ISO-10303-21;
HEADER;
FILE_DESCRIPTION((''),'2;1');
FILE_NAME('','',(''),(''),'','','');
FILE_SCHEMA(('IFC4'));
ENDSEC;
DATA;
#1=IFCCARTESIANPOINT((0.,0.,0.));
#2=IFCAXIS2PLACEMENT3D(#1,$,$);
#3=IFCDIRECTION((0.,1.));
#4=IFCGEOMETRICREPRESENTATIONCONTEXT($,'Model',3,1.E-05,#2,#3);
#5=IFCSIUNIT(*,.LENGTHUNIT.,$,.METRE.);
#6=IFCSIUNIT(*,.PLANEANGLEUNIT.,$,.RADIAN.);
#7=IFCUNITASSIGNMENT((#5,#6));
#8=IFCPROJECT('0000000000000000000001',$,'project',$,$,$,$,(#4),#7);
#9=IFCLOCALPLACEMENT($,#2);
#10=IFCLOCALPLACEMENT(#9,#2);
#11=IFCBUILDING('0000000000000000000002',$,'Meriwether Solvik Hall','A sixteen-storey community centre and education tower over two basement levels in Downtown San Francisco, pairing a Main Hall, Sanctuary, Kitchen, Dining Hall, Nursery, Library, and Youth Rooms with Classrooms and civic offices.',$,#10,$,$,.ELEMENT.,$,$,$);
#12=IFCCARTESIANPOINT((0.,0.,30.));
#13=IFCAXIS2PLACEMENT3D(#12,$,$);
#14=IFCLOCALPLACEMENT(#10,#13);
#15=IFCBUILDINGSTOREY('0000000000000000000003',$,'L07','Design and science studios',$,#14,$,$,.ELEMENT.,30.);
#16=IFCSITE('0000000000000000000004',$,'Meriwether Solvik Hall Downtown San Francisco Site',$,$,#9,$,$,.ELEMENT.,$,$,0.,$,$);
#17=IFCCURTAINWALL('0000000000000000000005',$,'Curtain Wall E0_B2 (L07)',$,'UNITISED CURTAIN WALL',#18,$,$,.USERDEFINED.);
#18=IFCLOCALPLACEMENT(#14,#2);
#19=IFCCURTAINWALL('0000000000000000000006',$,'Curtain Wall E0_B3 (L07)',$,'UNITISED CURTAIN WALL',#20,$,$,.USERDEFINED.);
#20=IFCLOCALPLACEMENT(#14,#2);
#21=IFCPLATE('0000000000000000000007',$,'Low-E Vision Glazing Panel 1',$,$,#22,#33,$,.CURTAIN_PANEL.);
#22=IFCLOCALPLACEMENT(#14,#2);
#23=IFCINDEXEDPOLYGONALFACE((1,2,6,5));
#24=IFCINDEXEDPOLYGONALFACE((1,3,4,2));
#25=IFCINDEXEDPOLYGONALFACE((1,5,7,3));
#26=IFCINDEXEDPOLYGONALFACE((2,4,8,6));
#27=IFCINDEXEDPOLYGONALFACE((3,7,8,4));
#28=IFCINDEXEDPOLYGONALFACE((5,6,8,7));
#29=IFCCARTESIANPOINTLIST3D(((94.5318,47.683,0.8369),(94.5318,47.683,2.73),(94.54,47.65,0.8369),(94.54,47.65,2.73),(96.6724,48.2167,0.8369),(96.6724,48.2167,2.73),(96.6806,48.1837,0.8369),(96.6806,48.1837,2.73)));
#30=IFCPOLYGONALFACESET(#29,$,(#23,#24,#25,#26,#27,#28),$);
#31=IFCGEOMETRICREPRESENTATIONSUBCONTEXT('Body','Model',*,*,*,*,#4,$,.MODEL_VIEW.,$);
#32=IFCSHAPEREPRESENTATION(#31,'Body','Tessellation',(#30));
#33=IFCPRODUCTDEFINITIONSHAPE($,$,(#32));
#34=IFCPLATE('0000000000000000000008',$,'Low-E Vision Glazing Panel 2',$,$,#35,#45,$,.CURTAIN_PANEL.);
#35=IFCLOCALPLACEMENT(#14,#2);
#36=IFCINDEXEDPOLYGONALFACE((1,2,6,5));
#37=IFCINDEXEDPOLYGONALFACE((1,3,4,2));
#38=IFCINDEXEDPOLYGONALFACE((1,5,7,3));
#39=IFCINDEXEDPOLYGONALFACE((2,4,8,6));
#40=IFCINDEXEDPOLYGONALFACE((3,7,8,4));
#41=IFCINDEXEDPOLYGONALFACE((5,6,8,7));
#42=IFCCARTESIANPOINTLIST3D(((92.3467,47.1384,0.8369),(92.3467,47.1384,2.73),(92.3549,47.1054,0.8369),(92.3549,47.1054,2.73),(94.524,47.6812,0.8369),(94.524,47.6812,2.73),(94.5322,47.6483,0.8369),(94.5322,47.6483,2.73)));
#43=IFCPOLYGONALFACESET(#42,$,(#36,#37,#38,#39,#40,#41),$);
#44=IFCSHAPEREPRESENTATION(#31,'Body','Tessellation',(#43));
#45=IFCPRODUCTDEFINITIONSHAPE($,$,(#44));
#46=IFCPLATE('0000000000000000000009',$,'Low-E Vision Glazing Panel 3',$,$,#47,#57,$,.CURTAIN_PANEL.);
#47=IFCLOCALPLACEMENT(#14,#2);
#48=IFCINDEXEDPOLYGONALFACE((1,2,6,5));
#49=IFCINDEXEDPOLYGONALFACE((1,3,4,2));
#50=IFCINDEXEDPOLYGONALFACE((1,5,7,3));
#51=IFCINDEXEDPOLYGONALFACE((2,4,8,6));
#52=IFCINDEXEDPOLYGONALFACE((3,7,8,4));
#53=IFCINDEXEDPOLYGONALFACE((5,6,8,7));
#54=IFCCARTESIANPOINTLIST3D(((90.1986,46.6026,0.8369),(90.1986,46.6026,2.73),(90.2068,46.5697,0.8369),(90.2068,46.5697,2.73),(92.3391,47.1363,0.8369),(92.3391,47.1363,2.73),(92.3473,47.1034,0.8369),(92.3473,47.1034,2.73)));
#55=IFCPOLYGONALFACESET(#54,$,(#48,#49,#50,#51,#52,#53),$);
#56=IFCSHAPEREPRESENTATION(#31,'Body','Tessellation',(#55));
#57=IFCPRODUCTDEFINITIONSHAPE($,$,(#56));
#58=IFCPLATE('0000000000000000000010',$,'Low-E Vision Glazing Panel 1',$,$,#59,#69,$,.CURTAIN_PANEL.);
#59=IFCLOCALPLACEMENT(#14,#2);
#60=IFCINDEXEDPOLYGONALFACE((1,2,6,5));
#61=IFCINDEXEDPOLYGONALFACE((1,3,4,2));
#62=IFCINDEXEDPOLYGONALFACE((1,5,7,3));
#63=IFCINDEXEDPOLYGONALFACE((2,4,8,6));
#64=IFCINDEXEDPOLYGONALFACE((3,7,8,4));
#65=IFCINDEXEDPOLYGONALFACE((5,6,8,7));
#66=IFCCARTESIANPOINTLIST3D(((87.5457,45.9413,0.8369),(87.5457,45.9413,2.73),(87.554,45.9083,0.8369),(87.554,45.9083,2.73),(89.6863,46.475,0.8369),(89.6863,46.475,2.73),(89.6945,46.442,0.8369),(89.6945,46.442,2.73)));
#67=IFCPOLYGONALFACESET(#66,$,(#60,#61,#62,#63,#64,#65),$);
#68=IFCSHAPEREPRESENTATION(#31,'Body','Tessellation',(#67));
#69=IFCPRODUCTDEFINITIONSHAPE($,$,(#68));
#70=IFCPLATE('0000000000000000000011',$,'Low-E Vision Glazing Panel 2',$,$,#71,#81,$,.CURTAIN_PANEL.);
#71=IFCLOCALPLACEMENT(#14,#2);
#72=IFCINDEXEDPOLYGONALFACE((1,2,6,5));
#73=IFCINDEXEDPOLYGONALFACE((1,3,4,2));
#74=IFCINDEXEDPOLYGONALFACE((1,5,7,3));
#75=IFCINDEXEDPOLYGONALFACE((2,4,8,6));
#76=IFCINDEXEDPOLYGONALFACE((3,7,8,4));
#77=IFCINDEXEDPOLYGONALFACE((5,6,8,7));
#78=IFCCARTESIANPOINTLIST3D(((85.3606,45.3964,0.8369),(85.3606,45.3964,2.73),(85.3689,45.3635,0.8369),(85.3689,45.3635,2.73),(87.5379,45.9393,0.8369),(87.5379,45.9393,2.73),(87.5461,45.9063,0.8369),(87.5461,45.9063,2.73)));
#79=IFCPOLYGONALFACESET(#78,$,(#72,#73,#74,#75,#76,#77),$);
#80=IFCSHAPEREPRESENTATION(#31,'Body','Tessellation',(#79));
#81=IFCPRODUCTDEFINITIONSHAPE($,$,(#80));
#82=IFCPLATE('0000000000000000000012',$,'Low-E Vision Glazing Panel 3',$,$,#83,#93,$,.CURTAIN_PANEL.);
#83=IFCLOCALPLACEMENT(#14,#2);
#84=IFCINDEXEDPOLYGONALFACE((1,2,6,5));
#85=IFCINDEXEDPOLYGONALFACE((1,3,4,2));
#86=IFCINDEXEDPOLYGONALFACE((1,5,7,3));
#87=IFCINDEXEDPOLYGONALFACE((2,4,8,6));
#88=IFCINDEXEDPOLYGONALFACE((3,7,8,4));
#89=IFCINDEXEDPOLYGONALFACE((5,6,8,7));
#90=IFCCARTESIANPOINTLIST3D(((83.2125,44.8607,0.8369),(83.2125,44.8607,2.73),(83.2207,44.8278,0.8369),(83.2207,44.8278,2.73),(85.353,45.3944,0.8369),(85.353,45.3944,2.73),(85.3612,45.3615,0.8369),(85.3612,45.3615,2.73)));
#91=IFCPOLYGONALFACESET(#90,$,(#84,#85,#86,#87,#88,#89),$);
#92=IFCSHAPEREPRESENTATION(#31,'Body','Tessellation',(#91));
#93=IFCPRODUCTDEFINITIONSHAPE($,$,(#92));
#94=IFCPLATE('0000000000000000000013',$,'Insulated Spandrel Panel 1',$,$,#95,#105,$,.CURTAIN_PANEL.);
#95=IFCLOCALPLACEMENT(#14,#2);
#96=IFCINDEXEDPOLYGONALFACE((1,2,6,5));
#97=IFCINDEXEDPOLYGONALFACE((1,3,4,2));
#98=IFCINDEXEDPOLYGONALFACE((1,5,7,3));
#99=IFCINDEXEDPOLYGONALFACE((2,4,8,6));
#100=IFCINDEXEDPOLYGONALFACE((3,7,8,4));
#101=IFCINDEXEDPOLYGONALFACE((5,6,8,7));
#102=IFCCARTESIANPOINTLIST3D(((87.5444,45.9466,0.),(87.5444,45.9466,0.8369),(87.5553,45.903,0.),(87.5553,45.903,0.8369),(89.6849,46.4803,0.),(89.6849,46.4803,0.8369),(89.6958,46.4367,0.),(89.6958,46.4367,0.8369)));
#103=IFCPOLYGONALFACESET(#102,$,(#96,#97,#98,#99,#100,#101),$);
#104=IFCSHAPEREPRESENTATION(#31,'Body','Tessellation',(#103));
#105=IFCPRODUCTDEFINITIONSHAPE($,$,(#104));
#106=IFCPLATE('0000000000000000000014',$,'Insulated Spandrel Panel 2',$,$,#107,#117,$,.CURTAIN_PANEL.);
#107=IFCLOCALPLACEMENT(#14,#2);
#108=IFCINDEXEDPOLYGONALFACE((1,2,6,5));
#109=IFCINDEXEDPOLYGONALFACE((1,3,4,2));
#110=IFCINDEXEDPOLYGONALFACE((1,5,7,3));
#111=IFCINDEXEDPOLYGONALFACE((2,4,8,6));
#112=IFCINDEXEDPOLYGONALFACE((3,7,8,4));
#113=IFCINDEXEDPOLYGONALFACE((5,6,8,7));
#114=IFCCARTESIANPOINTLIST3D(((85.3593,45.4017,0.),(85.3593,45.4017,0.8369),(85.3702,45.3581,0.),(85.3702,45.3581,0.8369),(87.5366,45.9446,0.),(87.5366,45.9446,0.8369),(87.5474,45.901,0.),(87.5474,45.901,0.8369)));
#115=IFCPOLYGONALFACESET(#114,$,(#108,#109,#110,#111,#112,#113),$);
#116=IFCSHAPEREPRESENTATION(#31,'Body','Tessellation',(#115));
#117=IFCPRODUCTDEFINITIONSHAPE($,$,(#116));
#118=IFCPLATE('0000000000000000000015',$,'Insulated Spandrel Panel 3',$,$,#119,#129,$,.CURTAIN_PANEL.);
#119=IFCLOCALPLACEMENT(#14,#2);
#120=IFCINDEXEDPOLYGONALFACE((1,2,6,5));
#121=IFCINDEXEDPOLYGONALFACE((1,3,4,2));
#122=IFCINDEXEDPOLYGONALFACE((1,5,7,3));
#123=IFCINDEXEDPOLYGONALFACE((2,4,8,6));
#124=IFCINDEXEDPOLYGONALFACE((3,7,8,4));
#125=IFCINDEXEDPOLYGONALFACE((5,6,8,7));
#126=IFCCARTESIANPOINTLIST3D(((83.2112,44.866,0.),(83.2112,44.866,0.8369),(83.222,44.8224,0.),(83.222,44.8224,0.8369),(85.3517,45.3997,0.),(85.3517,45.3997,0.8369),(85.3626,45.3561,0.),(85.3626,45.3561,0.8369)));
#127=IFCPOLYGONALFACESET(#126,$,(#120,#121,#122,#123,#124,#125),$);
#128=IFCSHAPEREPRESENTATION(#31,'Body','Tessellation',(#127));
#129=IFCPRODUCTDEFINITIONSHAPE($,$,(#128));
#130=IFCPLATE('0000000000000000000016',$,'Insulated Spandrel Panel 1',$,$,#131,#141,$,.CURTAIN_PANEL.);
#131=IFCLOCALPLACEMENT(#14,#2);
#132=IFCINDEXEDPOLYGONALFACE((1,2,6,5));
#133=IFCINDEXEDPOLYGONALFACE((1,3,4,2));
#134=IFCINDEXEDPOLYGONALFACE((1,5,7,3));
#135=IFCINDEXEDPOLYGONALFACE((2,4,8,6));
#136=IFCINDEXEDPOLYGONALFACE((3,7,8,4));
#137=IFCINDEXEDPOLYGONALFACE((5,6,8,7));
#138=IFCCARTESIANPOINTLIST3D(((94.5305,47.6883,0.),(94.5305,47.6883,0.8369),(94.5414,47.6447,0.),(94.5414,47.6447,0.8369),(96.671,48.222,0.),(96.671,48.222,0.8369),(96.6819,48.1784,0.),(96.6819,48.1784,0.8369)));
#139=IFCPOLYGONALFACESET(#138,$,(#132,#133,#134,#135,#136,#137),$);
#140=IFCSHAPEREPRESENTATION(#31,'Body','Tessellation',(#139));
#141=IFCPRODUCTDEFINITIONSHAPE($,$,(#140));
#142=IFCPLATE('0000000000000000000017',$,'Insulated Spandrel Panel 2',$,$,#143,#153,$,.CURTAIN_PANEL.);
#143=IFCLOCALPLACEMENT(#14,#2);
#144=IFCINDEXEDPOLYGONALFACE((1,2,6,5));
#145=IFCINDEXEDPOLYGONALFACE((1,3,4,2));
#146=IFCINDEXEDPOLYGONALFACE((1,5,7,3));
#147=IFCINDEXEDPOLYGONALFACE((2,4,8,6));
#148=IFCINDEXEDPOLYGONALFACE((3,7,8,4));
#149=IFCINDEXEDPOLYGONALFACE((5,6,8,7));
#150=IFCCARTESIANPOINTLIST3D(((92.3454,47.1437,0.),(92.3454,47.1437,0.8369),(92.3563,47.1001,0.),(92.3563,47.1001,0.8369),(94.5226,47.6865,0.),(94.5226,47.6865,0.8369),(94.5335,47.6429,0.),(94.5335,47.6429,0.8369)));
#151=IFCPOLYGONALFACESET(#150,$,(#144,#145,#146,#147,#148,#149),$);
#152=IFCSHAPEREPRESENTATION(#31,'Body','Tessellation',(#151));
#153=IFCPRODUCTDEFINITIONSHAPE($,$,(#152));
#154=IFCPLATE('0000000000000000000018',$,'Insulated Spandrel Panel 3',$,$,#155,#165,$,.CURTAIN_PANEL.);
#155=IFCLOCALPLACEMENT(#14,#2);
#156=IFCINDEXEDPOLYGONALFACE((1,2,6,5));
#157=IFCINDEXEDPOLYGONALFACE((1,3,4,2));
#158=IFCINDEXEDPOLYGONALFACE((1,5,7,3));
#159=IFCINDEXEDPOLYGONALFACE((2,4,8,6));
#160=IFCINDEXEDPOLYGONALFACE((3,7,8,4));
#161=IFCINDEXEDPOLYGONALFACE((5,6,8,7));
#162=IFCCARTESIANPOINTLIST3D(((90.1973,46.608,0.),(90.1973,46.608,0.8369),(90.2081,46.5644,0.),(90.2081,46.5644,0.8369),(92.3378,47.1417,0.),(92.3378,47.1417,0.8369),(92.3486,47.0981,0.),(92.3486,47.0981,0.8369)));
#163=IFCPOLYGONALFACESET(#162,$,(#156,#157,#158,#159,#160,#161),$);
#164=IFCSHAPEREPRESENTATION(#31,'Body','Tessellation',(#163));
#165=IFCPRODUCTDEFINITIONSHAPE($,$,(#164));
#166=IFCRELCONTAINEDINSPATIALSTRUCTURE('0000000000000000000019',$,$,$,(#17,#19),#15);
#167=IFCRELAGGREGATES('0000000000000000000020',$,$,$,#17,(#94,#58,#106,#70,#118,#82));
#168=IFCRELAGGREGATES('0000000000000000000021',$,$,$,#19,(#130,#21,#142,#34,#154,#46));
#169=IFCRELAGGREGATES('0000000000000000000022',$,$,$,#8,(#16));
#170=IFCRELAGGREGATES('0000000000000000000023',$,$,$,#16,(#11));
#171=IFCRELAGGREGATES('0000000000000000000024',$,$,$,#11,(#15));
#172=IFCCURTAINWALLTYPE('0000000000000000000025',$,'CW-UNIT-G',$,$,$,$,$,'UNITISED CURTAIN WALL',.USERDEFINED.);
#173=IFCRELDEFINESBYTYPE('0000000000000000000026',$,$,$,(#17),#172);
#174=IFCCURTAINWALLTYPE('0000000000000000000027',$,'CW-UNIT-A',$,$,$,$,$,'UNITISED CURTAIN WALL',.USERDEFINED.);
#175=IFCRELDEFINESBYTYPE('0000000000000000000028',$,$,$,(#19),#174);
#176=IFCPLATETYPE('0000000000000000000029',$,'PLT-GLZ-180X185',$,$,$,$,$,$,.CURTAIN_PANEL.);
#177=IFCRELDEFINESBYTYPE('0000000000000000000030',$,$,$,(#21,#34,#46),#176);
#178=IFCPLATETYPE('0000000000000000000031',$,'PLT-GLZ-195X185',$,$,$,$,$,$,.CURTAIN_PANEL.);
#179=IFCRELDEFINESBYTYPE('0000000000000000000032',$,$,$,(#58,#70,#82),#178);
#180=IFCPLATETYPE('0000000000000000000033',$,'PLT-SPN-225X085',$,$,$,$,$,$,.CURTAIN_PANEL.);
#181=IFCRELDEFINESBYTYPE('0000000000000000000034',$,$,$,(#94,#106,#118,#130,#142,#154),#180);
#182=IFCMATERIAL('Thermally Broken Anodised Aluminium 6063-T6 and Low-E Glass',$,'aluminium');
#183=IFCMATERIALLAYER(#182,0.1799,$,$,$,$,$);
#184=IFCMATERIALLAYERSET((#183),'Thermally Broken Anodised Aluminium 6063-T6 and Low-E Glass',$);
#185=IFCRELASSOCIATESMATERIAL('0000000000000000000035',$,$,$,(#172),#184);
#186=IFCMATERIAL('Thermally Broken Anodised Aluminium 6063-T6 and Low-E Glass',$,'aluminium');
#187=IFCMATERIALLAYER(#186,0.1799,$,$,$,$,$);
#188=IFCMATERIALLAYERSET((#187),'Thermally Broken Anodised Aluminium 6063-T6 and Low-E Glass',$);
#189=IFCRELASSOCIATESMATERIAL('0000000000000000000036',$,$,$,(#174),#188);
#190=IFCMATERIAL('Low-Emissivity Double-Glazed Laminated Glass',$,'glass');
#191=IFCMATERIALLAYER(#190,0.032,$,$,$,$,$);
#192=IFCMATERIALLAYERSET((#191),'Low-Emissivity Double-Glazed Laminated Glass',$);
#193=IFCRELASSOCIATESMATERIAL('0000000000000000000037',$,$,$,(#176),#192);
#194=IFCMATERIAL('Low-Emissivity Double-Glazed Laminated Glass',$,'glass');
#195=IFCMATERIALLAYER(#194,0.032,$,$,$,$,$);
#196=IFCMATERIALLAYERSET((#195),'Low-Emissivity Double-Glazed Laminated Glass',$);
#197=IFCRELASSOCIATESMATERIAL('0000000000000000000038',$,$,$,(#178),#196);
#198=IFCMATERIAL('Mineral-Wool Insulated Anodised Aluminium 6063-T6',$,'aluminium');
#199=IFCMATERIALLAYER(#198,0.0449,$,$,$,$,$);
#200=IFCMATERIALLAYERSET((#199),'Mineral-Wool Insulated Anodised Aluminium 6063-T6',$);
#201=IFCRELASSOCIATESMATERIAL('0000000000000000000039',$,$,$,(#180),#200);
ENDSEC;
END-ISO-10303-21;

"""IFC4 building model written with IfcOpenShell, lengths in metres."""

from ifc_helpers import new_model, si_unit, direction, frame, origin, origin_2d, place, context, subcontext, project, spatial, rectangle, extrude, material, layer, layer_set, type_object, element, aggregate, save


model = new_model("IFC4")

# Units and contexts
model_context = context("Model", 3, precision=1e-05, world=origin(), true_north=direction((0.0, 1.0)))
body_context = subcontext(model_context, "Body", "Model", "MODEL_VIEW")
ifc_project = project(units=[si_unit("LENGTHUNIT", "METRE"), si_unit("PLANEANGLEUNIT", "RADIAN")], contexts=[model_context])

# Site, building, storey
site_placement = place(None, origin())
site = spatial("IfcSite", under=ifc_project, at=site_placement, Name="Meriwether Solvik Hall Downtown San Francisco Site", CompositionType="ELEMENT", RefElevation=0.0)
building_placement = place(site_placement, origin())
building = spatial("IfcBuilding", under=site, at=building_placement, Name="Meriwether Solvik Hall", Description="A sixteen-storey community centre and education tower over two basement levels in Downtown San Francisco, pairing a Main Hall, Sanctuary, Kitchen, Dining Hall, Nursery, Library, and Youth Rooms with Classrooms and civic offices.", CompositionType="ELEMENT")
storey_placement = place(building_placement, frame((0.0, 0.0, 30.0)))
storey = spatial("IfcBuildingStorey", under=building, at=storey_placement, Name="L07", Description="Design and science studios", CompositionType="ELEMENT", Elevation=30.0)

# Curtain walls
ifc_material_1 = material(Name="Thermally Broken Anodised Aluminium 6063-T6 and Low-E Glass", Category="aluminium")
ifc_layer_1 = layer(ifc_material_1, 0.1799)
ifc_layer_set_1 = layer_set([ifc_layer_1], Name="Thermally Broken Anodised Aluminium 6063-T6 and Low-E Glass")
curtain_wall_type_1 = type_object("IfcCurtainWallType", Name="CW-UNIT-G", ElementType="UNITISED CURTAIN WALL", PredefinedType="USERDEFINED", material=ifc_layer_set_1)
curtain_wall_1_placement = place(storey_placement, origin())
curtain_wall_1 = element("IfcCurtainWall", 1, at=curtain_wall_1_placement, inside=storey, type_object=curtain_wall_type_1, Name="Curtain Wall E0_B2 (L07)", ObjectType="UNITISED CURTAIN WALL", PredefinedType="USERDEFINED")
ifc_material_2 = material(Name="Thermally Broken Anodised Aluminium 6063-T6 and Low-E Glass", Category="aluminium")
ifc_layer_2 = layer(ifc_material_2, 0.1799)
ifc_layer_set_2 = layer_set([ifc_layer_2], Name="Thermally Broken Anodised Aluminium 6063-T6 and Low-E Glass")
curtain_wall_type_2 = type_object("IfcCurtainWallType", Name="CW-UNIT-A", ElementType="UNITISED CURTAIN WALL", PredefinedType="USERDEFINED", material=ifc_layer_set_2)
curtain_wall_2_placement = place(storey_placement, origin())
curtain_wall_2 = element("IfcCurtainWall", 2, at=curtain_wall_2_placement, inside=storey, type_object=curtain_wall_type_2, Name="Curtain Wall E0_B3 (L07)", ObjectType="UNITISED CURTAIN WALL", PredefinedType="USERDEFINED")

# Plates
ifc_material_3 = material(Name="Low-Emissivity Double-Glazed Laminated Glass", Category="glass")
ifc_layer_3 = layer(ifc_material_3, 0.032)
ifc_layer_set_3 = layer_set([ifc_layer_3], Name="Low-Emissivity Double-Glazed Laminated Glass")
plate_type_1 = type_object("IfcPlateType", Name="PLT-GLZ-180X185", PredefinedType="CURTAIN_PANEL", material=ifc_layer_set_3)
plate_1_placement = place(storey_placement, frame((95.6062, 47.9333, 0.8369), z_axis=(0.0, 0.0, 1.0), x_axis=(-0.970296, -0.241922, 0.0)))
plate_1 = element("IfcPlate", 3, at=plate_1_placement, type_object=plate_type_1, Name="Low-E Vision Glazing Panel 1", PredefinedType="CURTAIN_PANEL", context=body_context, shape_type="SweptSolid", body=[
    extrude(rectangle(XDim=2.2061, YDim=0.0339, at=origin_2d()), origin(), (0.0, 0.0, 1.0), 1.8931),
])
plate_2_placement = place(storey_placement, frame((93.4395, 47.3933, 0.8369), z_axis=(0.0, 0.0, 1.0), x_axis=(-0.970296, -0.241922, 0.0)))
plate_2 = element("IfcPlate", 4, at=plate_2_placement, type_object=plate_type_1, Name="Low-E Vision Glazing Panel 2", PredefinedType="CURTAIN_PANEL", context=body_context, shape_type="SweptSolid", body=[
    extrude(rectangle(XDim=2.2439, YDim=0.0339, at=origin_2d()), origin(), (0.0, 0.0, 1.0), 1.8931),
])
plate_3_placement = place(storey_placement, frame((91.2729, 46.853, 0.8369), z_axis=(0.0, 0.0, 1.0), x_axis=(-0.970296, -0.241922, 0.0)))
plate_3 = element("IfcPlate", 5, at=plate_3_placement, type_object=plate_type_1, Name="Low-E Vision Glazing Panel 3", PredefinedType="CURTAIN_PANEL", context=body_context, shape_type="SweptSolid", body=[
    extrude(rectangle(XDim=2.2061, YDim=0.0339, at=origin_2d()), origin(), (0.0, 0.0, 1.0), 1.8931),
])
ifc_material_4 = material(Name="Low-Emissivity Double-Glazed Laminated Glass", Category="glass")
ifc_layer_4 = layer(ifc_material_4, 0.032)
ifc_layer_set_4 = layer_set([ifc_layer_4], Name="Low-Emissivity Double-Glazed Laminated Glass")
plate_type_2 = type_object("IfcPlateType", Name="PLT-GLZ-195X185", PredefinedType="CURTAIN_PANEL", material=ifc_layer_set_4)
plate_4_placement = place(storey_placement, frame((88.6201, 46.1917, 0.8369), z_axis=(0.0, 0.0, 1.0), x_axis=(-0.970296, -0.241922, 0.0)))
plate_4 = element("IfcPlate", 6, at=plate_4_placement, type_object=plate_type_2, Name="Low-E Vision Glazing Panel 1", PredefinedType="CURTAIN_PANEL", context=body_context, shape_type="SweptSolid", body=[
    extrude(rectangle(XDim=2.2061, YDim=0.0339, at=origin_2d()), origin(), (0.0, 0.0, 1.0), 1.8931),
])
plate_5_placement = place(storey_placement, frame((86.4534, 45.6514, 0.8369), z_axis=(0.0, 0.0, 1.0), x_axis=(-0.970296, -0.241922, 0.0)))
plate_5 = element("IfcPlate", 7, at=plate_5_placement, type_object=plate_type_2, Name="Low-E Vision Glazing Panel 2", PredefinedType="CURTAIN_PANEL", context=body_context, shape_type="SweptSolid", body=[
    extrude(rectangle(XDim=2.2439, YDim=0.0339, at=origin_2d()), origin(), (0.0, 0.0, 1.0), 1.8931),
])
plate_6_placement = place(storey_placement, frame((84.2869, 45.1111, 0.8369), z_axis=(0.0, 0.0, 1.0), x_axis=(-0.970296, -0.241922, 0.0)))
plate_6 = element("IfcPlate", 8, at=plate_6_placement, type_object=plate_type_2, Name="Low-E Vision Glazing Panel 3", PredefinedType="CURTAIN_PANEL", context=body_context, shape_type="SweptSolid", body=[
    extrude(rectangle(XDim=2.2061, YDim=0.0339, at=origin_2d()), origin(), (0.0, 0.0, 1.0), 1.8931),
])
ifc_material_5 = material(Name="Mineral-Wool Insulated Anodised Aluminium 6063-T6", Category="aluminium")
ifc_layer_5 = layer(ifc_material_5, 0.0449)
ifc_layer_set_5 = layer_set([ifc_layer_5], Name="Mineral-Wool Insulated Anodised Aluminium 6063-T6")
plate_type_3 = type_object("IfcPlateType", Name="PLT-SPN-225X085", PredefinedType="CURTAIN_PANEL", material=ifc_layer_set_5)
plate_7_placement = place(storey_placement, frame((88.6201, 46.1917, 0.0), z_axis=(0.0, 0.0, 1.0), x_axis=(-0.970296, -0.241922, 0.0)))
plate_7 = element("IfcPlate", 9, at=plate_7_placement, type_object=plate_type_3, Name="Insulated Spandrel Panel 1", PredefinedType="CURTAIN_PANEL", context=body_context, shape_type="SweptSolid", body=[
    extrude(rectangle(XDim=2.2061, YDim=0.0449, at=origin_2d()), origin(), (0.0, 0.0, 1.0), 0.8369),
])
plate_8_placement = place(storey_placement, frame((86.4534, 45.6514, 0.0), z_axis=(0.0, 0.0, 1.0), x_axis=(-0.970296, -0.241922, 0.0)))
plate_8 = element("IfcPlate", 10, at=plate_8_placement, type_object=plate_type_3, Name="Insulated Spandrel Panel 2", PredefinedType="CURTAIN_PANEL", context=body_context, shape_type="SweptSolid", body=[
    extrude(rectangle(XDim=2.2439, YDim=0.0449, at=origin_2d()), origin(), (0.0, 0.0, 1.0), 0.8369),
])
plate_9_placement = place(storey_placement, frame((84.2869, 45.1111, 0.0), z_axis=(0.0, 0.0, 1.0), x_axis=(-0.970296, -0.241922, 0.0)))
plate_9 = element("IfcPlate", 11, at=plate_9_placement, type_object=plate_type_3, Name="Insulated Spandrel Panel 3", PredefinedType="CURTAIN_PANEL", context=body_context, shape_type="SweptSolid", body=[
    extrude(rectangle(XDim=2.2061, YDim=0.0449, at=origin_2d()), origin(), (0.0, 0.0, 1.0), 0.8369),
])
aggregate(curtain_wall_1, [plate_7, plate_4, plate_8, plate_5, plate_9, plate_6])
plate_10_placement = place(storey_placement, frame((95.6062, 47.9333, 0.0), z_axis=(0.0, 0.0, 1.0), x_axis=(-0.970296, -0.241922, 0.0)))
plate_10 = element("IfcPlate", 12, at=plate_10_placement, type_object=plate_type_3, Name="Insulated Spandrel Panel 1", PredefinedType="CURTAIN_PANEL", context=body_context, shape_type="SweptSolid", body=[
    extrude(rectangle(XDim=2.2061, YDim=0.0449, at=origin_2d()), origin(), (0.0, 0.0, 1.0), 0.8369),
])
plate_11_placement = place(storey_placement, frame((93.4395, 47.3933, 0.0), z_axis=(0.0, 0.0, 1.0), x_axis=(-0.970296, -0.241922, 0.0)))
plate_11 = element("IfcPlate", 13, at=plate_11_placement, type_object=plate_type_3, Name="Insulated Spandrel Panel 2", PredefinedType="CURTAIN_PANEL", context=body_context, shape_type="SweptSolid", body=[
    extrude(rectangle(XDim=2.2439, YDim=0.0449, at=origin_2d()), origin(), (0.0, 0.0, 1.0), 0.8369),
])
plate_12_placement = place(storey_placement, frame((91.2729, 46.853, 0.0), z_axis=(0.0, 0.0, 1.0), x_axis=(-0.970296, -0.241922, 0.0)))
plate_12 = element("IfcPlate", 14, at=plate_12_placement, type_object=plate_type_3, Name="Insulated Spandrel Panel 3", PredefinedType="CURTAIN_PANEL", context=body_context, shape_type="SweptSolid", body=[
    extrude(rectangle(XDim=2.2061, YDim=0.0449, at=origin_2d()), origin(), (0.0, 0.0, 1.0), 0.8369),
])
aggregate(curtain_wall_2, [plate_10, plate_1, plate_11, plate_2, plate_12, plate_3])

save(model, "model.ifc")
